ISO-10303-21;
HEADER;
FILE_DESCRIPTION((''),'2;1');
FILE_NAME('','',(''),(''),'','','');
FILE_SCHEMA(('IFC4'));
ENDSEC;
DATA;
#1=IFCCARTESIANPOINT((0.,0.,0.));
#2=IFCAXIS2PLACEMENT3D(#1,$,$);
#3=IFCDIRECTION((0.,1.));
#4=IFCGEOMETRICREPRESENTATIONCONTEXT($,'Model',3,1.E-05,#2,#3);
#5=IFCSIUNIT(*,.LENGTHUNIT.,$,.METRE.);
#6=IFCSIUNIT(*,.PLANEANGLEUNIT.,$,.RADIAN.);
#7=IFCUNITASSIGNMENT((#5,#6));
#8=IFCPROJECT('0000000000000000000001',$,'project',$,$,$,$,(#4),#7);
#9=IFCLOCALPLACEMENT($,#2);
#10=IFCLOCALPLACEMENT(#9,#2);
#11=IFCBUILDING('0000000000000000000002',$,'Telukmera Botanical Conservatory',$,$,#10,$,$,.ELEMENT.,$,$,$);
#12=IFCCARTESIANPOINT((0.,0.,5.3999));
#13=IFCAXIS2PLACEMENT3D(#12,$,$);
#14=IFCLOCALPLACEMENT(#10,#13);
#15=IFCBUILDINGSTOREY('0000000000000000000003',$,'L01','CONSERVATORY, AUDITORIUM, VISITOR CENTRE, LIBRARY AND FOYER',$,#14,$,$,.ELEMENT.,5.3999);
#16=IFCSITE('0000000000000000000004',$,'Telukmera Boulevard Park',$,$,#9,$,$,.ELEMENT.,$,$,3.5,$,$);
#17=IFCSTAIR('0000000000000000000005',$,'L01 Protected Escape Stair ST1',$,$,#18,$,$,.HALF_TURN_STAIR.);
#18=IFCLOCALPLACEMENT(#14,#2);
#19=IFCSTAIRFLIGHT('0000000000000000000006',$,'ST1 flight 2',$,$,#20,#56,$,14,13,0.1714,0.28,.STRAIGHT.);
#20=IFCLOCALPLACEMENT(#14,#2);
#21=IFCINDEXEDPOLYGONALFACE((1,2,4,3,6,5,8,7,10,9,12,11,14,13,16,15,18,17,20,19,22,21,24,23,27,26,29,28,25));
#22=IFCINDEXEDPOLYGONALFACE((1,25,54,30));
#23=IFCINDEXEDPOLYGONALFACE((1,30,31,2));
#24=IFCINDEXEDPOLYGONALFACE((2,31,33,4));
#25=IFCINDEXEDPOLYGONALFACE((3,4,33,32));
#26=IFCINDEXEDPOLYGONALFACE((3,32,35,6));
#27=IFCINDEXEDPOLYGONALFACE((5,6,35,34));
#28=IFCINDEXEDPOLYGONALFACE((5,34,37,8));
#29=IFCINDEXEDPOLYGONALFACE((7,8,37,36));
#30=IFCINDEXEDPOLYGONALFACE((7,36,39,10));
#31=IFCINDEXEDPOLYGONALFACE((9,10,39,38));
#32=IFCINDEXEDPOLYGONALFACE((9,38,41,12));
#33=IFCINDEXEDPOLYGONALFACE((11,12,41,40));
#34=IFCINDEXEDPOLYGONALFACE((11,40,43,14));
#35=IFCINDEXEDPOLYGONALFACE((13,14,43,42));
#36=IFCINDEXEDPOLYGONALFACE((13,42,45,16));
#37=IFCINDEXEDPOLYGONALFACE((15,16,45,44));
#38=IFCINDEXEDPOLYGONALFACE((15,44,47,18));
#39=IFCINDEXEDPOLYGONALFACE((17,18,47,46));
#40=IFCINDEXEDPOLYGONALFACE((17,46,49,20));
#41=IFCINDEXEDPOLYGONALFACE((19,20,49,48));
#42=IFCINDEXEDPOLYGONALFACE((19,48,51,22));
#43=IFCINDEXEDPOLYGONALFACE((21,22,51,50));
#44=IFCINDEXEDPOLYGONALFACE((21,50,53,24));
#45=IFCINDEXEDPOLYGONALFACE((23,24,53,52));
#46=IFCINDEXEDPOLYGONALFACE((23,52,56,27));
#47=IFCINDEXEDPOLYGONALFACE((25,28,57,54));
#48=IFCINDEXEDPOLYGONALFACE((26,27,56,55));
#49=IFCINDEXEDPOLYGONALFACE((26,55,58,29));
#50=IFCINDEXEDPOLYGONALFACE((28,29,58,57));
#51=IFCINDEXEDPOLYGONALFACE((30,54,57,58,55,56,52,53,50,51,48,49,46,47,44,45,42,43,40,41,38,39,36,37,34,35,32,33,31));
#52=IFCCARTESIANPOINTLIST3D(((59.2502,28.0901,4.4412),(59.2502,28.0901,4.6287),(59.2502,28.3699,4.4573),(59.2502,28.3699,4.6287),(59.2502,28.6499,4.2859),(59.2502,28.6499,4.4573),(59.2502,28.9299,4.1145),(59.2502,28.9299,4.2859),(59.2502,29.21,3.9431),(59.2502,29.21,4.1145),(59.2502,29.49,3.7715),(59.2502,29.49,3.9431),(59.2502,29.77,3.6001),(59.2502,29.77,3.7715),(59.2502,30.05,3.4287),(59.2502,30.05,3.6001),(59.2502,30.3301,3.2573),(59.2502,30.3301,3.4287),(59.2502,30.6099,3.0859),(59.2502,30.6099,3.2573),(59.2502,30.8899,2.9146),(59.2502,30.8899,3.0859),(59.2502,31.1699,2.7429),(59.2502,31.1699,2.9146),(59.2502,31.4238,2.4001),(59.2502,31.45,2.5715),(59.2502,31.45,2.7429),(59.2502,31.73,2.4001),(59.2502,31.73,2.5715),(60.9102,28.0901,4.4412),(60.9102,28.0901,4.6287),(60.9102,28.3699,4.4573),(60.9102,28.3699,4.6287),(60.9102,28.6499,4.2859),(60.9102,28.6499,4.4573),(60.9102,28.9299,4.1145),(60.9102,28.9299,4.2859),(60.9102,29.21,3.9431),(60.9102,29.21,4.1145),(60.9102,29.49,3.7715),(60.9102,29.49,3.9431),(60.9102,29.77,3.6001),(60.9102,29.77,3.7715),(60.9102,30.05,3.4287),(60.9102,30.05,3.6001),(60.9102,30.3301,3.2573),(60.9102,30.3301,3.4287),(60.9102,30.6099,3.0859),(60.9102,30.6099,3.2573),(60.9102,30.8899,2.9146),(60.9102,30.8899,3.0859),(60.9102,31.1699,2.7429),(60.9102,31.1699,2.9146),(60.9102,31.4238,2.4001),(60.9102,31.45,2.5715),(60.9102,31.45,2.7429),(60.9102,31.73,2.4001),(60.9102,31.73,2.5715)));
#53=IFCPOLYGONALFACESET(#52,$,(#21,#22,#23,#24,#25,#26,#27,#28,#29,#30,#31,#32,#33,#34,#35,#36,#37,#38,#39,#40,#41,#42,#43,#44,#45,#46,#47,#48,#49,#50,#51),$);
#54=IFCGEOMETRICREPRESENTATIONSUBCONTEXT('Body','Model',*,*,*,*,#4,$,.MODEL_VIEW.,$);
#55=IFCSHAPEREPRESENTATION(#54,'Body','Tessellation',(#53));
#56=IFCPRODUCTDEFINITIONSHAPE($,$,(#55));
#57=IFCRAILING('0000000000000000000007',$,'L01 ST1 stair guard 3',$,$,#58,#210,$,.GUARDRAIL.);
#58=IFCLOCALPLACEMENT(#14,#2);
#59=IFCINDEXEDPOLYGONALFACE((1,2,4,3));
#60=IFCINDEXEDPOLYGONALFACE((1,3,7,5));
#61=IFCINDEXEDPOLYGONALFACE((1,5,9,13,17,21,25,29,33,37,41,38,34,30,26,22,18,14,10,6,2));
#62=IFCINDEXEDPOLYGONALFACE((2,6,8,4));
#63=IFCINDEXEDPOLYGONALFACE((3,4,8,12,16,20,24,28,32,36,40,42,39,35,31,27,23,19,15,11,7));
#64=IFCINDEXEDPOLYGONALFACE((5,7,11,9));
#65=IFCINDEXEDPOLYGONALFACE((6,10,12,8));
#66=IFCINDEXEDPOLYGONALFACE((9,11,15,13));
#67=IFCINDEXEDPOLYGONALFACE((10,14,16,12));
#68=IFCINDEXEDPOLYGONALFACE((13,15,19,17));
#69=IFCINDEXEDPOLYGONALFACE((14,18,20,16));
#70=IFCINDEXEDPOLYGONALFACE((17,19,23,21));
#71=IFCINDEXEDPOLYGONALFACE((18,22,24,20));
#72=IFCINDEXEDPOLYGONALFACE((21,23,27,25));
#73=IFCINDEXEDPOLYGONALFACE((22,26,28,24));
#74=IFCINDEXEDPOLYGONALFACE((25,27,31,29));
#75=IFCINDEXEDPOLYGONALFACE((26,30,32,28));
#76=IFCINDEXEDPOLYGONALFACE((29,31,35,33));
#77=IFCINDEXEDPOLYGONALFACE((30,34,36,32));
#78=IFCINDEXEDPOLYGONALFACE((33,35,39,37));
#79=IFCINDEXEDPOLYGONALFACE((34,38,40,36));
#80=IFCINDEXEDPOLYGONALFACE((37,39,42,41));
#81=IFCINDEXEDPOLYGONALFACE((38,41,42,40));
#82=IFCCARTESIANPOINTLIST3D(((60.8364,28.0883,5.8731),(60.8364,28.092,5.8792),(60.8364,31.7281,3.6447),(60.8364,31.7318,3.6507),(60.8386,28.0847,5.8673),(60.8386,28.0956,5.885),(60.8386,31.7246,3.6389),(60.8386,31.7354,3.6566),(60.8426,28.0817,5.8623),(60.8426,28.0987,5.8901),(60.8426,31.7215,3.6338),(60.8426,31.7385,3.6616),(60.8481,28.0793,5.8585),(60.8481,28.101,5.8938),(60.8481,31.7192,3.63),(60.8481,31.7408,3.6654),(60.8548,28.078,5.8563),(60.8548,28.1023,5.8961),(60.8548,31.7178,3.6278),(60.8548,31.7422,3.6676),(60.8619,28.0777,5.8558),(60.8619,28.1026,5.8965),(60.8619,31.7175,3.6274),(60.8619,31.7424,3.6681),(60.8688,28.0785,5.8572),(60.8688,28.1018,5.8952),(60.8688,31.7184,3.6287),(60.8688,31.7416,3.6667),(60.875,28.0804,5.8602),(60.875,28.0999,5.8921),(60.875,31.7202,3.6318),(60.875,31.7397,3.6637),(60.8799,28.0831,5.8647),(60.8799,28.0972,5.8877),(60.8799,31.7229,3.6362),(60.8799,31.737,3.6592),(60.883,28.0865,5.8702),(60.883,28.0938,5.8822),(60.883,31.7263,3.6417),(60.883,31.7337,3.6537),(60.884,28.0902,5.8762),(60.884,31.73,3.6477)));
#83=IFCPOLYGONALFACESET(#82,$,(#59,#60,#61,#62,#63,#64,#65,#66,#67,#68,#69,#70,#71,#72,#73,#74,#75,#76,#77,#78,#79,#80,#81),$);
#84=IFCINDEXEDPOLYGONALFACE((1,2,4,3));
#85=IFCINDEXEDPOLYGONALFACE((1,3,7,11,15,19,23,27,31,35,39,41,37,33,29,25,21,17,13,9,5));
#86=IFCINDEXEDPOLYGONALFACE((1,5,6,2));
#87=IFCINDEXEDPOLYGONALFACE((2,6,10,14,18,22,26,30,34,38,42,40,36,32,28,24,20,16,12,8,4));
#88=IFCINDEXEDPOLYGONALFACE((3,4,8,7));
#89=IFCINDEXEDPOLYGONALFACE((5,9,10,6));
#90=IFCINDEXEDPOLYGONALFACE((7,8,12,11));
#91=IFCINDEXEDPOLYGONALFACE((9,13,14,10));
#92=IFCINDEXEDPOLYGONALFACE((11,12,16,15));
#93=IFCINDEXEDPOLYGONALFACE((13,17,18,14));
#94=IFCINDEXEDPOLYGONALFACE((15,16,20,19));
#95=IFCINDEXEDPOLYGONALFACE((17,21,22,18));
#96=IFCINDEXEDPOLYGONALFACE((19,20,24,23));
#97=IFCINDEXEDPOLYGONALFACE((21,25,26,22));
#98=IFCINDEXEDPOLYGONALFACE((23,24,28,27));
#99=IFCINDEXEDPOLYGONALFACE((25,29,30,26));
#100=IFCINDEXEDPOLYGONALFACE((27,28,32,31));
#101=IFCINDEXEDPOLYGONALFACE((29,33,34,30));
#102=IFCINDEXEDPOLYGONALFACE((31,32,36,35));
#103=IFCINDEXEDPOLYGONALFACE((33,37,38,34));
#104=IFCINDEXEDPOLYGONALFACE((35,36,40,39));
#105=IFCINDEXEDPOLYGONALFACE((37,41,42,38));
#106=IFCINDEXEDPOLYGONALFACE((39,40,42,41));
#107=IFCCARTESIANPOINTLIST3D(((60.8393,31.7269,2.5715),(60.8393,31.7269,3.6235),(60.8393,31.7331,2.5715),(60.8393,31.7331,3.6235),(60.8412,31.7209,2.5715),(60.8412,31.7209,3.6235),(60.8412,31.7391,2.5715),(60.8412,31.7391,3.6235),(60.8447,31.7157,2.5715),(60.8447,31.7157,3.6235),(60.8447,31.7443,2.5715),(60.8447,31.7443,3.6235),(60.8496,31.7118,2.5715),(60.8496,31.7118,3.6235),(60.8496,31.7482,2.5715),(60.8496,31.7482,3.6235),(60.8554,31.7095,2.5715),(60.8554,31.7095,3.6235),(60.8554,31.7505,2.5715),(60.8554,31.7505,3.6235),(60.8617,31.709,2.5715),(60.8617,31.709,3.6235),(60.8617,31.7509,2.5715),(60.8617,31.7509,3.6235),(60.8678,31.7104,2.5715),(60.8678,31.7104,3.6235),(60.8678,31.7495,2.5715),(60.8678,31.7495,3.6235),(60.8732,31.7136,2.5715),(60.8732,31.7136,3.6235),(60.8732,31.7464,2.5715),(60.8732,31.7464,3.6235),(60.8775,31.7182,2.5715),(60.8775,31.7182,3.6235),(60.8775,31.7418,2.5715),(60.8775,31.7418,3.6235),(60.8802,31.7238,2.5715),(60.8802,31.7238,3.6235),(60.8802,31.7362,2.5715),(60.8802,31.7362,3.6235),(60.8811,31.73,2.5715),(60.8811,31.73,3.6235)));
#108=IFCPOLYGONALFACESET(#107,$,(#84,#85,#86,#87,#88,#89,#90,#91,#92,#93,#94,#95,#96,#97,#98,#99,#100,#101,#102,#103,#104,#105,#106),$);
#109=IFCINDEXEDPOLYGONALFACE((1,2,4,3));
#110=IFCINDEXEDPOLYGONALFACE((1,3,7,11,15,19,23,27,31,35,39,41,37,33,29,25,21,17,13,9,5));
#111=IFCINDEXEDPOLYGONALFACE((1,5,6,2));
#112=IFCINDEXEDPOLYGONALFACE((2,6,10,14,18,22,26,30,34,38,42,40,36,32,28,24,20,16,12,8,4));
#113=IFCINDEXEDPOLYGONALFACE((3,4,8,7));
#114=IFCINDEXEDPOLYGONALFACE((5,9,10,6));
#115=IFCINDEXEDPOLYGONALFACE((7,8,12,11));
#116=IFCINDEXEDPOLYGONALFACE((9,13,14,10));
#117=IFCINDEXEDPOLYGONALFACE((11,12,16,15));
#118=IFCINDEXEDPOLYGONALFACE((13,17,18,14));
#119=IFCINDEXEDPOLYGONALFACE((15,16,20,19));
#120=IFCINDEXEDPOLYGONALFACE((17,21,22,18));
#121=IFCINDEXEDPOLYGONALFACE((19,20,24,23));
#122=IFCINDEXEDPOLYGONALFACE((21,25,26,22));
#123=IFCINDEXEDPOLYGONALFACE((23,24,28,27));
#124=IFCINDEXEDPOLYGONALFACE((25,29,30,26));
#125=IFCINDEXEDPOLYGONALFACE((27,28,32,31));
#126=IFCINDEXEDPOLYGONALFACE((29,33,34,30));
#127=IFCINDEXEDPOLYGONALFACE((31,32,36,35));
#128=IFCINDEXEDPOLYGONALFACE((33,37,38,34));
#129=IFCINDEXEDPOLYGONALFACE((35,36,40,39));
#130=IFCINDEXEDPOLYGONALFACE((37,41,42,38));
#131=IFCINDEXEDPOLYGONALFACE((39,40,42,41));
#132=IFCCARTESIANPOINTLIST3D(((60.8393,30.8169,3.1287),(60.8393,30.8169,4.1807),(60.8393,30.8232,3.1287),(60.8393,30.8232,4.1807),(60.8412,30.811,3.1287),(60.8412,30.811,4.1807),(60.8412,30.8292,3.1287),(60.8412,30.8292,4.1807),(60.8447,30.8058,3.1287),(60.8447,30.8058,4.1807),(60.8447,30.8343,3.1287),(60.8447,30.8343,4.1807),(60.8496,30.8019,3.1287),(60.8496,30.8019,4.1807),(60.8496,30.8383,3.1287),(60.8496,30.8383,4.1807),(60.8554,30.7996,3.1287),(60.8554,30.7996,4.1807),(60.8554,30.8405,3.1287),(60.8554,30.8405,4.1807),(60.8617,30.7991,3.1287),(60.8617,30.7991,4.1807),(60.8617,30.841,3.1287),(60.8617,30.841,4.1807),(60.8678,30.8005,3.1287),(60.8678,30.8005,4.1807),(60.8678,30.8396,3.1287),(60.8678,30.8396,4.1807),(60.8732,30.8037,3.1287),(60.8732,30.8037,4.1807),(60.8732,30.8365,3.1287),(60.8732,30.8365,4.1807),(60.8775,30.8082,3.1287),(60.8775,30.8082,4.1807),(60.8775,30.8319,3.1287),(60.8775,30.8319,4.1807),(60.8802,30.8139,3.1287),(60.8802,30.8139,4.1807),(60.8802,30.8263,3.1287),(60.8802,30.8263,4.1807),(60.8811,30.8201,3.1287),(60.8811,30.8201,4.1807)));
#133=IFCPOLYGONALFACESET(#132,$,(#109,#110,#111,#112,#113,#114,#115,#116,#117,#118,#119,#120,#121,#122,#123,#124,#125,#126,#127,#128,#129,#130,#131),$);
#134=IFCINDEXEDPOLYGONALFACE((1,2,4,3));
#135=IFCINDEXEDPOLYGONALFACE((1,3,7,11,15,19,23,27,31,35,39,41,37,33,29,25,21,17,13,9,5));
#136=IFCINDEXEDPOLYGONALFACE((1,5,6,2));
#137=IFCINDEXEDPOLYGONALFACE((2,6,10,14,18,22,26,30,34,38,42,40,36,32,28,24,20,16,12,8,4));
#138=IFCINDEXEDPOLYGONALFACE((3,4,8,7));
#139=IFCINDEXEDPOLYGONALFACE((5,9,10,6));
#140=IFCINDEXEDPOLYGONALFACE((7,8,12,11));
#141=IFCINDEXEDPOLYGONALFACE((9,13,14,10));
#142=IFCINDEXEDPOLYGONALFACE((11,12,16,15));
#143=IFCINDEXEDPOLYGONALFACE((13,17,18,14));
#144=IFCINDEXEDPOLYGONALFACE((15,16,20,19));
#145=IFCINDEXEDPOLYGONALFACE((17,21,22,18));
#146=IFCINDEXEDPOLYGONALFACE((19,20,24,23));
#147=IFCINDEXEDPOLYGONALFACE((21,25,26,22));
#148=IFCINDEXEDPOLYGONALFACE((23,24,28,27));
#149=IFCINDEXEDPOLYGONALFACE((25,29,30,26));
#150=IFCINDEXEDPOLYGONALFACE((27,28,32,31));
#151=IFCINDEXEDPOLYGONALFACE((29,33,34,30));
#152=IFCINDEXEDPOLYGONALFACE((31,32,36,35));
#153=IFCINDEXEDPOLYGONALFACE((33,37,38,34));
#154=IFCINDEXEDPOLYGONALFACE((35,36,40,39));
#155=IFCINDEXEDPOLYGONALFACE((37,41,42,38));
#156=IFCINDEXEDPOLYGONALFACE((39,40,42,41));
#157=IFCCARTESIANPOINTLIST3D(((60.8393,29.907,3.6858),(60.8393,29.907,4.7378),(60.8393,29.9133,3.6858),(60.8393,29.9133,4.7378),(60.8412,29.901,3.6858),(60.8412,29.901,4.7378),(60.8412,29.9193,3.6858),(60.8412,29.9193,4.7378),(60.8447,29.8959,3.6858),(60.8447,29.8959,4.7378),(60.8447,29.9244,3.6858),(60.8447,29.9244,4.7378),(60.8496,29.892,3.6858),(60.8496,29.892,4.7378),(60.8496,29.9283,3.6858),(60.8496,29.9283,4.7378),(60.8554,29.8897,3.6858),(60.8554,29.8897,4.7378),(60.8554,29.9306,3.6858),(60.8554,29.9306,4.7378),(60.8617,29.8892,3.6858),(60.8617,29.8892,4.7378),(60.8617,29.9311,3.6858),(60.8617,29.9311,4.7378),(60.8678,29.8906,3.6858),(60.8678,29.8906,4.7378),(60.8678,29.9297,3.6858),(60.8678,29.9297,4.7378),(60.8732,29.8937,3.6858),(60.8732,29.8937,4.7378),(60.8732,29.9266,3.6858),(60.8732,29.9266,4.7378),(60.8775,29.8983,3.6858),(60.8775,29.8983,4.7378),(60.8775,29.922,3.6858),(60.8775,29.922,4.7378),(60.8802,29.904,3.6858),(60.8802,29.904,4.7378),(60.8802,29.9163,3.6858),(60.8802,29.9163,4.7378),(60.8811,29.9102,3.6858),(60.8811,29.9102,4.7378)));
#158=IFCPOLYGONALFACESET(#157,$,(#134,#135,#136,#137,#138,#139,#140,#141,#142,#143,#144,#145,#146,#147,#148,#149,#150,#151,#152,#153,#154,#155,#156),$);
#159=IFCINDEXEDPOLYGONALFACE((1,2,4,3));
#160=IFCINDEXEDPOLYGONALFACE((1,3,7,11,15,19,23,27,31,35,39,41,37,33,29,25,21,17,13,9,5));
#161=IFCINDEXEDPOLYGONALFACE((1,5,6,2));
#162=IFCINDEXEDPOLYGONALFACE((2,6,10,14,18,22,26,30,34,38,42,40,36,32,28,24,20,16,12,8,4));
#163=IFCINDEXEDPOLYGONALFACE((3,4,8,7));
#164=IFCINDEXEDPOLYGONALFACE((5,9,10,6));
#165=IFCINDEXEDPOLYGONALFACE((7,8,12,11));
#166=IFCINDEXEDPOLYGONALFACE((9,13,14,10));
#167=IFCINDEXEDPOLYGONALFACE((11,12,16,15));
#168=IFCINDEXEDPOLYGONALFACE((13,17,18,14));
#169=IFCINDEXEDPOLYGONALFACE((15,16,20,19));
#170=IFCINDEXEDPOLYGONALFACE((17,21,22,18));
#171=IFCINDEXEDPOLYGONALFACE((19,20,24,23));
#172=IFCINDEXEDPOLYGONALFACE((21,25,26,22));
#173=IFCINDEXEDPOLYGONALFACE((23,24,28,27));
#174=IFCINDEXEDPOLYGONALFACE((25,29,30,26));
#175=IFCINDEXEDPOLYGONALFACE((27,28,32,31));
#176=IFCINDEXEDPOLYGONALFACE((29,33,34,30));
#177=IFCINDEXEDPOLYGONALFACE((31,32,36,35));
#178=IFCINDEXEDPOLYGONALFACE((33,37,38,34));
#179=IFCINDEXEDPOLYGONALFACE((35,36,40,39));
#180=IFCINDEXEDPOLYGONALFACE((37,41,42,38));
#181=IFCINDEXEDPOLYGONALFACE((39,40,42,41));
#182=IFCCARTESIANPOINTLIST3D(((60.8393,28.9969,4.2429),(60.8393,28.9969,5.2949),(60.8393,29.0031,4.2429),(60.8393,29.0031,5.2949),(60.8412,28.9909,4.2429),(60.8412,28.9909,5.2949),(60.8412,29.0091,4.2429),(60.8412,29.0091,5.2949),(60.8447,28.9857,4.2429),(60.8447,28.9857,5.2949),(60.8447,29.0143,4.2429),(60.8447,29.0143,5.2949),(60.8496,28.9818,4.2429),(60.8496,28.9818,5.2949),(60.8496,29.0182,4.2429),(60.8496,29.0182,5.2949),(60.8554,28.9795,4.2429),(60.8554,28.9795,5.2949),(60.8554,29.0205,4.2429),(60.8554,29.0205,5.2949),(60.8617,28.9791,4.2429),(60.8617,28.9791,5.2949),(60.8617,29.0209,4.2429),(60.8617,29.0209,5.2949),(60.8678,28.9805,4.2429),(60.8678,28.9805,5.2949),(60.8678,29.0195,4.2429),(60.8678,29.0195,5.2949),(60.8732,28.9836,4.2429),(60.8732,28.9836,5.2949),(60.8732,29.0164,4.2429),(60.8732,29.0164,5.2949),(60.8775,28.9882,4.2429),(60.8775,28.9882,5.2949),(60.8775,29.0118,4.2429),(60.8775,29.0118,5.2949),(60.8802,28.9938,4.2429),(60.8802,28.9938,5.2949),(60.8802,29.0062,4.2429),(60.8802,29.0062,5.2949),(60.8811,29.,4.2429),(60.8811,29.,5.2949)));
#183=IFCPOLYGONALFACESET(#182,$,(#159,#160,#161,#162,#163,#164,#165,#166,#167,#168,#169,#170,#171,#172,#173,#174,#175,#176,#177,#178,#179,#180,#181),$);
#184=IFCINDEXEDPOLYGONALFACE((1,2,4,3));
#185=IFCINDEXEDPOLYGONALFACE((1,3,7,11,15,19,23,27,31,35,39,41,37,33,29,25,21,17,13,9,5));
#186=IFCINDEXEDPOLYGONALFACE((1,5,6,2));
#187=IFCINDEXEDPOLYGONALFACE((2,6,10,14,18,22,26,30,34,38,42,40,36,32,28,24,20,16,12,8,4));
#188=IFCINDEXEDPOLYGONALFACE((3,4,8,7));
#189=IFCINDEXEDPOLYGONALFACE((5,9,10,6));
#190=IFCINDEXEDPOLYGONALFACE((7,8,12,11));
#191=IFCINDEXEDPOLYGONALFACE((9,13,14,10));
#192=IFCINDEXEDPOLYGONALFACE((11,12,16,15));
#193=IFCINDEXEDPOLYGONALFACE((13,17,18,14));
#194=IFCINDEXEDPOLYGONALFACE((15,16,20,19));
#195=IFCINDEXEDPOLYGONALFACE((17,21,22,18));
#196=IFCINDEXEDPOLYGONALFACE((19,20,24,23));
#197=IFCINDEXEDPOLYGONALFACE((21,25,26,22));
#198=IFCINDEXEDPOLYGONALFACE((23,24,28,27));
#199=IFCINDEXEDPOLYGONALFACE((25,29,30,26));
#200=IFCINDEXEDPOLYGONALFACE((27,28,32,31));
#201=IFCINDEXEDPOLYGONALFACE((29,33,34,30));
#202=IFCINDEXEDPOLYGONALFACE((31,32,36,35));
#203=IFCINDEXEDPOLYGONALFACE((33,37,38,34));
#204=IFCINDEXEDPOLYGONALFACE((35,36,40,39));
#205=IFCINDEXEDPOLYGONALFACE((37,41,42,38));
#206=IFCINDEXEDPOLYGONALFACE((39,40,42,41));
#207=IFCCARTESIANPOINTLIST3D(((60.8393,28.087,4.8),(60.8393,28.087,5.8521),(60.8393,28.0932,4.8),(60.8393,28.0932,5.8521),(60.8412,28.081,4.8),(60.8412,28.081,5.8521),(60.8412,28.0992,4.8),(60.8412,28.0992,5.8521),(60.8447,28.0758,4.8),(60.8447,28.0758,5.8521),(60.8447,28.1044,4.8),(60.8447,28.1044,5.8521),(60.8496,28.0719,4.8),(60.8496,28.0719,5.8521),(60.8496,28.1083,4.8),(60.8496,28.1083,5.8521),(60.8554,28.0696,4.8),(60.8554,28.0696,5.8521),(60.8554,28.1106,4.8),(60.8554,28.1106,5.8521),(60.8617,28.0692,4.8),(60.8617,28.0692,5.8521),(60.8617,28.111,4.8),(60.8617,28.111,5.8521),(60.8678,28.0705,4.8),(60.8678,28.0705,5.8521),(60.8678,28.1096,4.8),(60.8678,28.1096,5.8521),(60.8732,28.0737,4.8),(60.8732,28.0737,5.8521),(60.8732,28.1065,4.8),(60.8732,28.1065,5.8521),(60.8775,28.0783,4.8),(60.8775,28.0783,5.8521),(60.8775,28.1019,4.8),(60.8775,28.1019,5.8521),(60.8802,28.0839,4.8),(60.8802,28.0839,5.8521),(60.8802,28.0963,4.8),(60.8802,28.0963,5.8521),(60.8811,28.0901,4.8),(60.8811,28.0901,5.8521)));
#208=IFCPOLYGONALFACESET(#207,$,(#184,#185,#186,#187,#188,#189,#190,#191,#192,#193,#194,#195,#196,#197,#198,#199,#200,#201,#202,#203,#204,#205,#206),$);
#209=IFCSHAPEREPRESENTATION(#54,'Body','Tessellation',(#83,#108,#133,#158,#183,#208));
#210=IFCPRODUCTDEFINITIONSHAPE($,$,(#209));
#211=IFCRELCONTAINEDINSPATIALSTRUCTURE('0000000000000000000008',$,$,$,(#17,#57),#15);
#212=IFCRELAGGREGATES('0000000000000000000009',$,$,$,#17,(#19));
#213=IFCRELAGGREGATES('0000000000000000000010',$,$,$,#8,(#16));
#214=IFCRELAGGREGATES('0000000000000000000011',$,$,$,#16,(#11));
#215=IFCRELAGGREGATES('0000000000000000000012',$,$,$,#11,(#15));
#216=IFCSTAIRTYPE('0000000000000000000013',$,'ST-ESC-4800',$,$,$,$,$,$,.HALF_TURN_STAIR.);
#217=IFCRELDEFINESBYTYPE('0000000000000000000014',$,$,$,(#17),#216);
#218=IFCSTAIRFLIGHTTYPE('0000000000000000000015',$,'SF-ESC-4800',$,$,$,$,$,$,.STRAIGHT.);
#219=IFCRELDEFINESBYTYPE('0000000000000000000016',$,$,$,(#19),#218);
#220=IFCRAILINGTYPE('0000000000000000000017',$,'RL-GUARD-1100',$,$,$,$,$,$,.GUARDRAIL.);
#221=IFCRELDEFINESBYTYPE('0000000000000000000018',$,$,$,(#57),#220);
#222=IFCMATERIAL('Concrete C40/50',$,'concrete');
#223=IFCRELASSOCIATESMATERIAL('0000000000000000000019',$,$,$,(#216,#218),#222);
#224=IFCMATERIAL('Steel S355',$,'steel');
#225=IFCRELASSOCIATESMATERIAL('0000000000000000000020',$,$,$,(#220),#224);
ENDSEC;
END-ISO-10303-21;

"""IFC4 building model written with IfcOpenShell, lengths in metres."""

from ifc_helpers import new_model, si_unit, direction, frame, origin, origin_2d, place, context, subcontext, project, spatial, polyline, circle, outline, extrude, material, type_object, element, aggregate, save


model = new_model("IFC4")

# Units and contexts
model_context = context("Model", 3, precision=1e-05, world=origin(), true_north=direction((0.0, 1.0)))
body_context = subcontext(model_context, "Body", "Model", "MODEL_VIEW")
ifc_project = project(units=[si_unit("LENGTHUNIT", "METRE"), si_unit("PLANEANGLEUNIT", "RADIAN")], contexts=[model_context])

# Site, building, storey
site_placement = place(None, origin())
site = spatial("IfcSite", under=ifc_project, at=site_placement, Name="Telukmera Boulevard Park", CompositionType="ELEMENT", RefElevation=3.5)
building_placement = place(site_placement, origin())
building = spatial("IfcBuilding", under=site, at=building_placement, Name="Telukmera Botanical Conservatory", CompositionType="ELEMENT")
storey_placement = place(building_placement, frame((0.0, 0.0, 5.3999)))
storey = spatial("IfcBuildingStorey", under=building, at=storey_placement, Name="L01", Description="CONSERVATORY, AUDITORIUM, VISITOR CENTRE, LIBRARY AND FOYER", CompositionType="ELEMENT", Elevation=5.3999)

# Shared definitions
ifc_material_1 = material(Name="Concrete C40/50", Category="concrete")

# Stair, stair flight
stair_type = type_object("IfcStairType", Name="ST-ESC-4800", PredefinedType="HALF_TURN_STAIR", material=ifc_material_1)
stair_placement = place(storey_placement, origin())
stair = element("IfcStair", 1, at=stair_placement, inside=storey, type_object=stair_type, Name="L01 Protected Escape Stair ST1", PredefinedType="HALF_TURN_STAIR")
stair_flight_type = type_object("IfcStairFlightType", Name="SF-ESC-4800", PredefinedType="STRAIGHT", material=ifc_material_1)
stair_flight_placement = place(storey_placement, frame((60.0801, 31.73, 2.4001), z_axis=(0.0, 0.0, 1.0), x_axis=(0.0, -1.0, 0.0)))
stair_flight = element("IfcStairFlight", 2, at=stair_flight_placement, type_object=stair_flight_type, Name="ST1 flight 2", NumberOfRisers=14, NumberOfTreads=13, PredefinedType="STRAIGHT", RiserHeight=0.1714, TreadLength=0.28, context=body_context, shape_type="SweptSolid", body=[
    extrude(outline(polyline([(0.0, 0.0), (0.0, 0.1714), (0.28, 0.1714), (0.28, 0.3428), (0.5601, 0.3428), (0.5601, 0.5144), (0.8401, 0.5144), (0.8401, 0.6858), (1.1201, 0.6858), (1.1201, 0.8572), (1.3999, 0.8572), (1.3999, 1.0286), (1.6799, 1.0286), (1.6799, 1.2), (1.96, 1.2), (1.96, 1.3713), (2.24, 1.3713), (2.24, 1.543), (2.52, 1.543), (2.52, 1.7144), (2.8, 1.7144), (2.8, 1.8857), (3.0801, 1.8857), (3.0801, 2.0571), (3.3601, 2.0571), (3.3601, 2.2285), (3.6399, 2.2285), (3.6399, 2.3999), (3.6399, 2.041), (0.3062, 0.0), (0.0, 0.0)])), frame((0.0, 0.8301, 0.0), z_axis=(0.0, -1.0, 0.0), x_axis=(1.0, 0.0, 0.0)), (0.0, 0.0, 1.0), 1.6599),
])
aggregate(stair, [stair_flight])

# Railing
ifc_material_2 = material(Name="Steel S355", Category="steel")
railing_type_1 = type_object("IfcRailingType", Name="RL-GUARD-1100", PredefinedType="GUARDRAIL", material=ifc_material_2)
railing_1_placement = place(storey_placement, frame((60.8601, 31.73, 2.5715)))
element("IfcRailing", 3, at=railing_1_placement, inside=storey, type_object=railing_type_1, Name="L01 ST1 stair guard 3", PredefinedType="GUARDRAIL", context=body_context, shape_type="SweptSolid", body=[
    extrude(circle(Radius=0.0239, at=origin_2d()), frame((0.0, 0.0, 1.0762), z_axis=(0.0, -0.85285, 0.522156), x_axis=(1.0, 0.0, 0.0)), (0.0, 0.0, 1.0), 4.2678),
    extrude(circle(Radius=0.021, at=origin_2d()), origin(), (0.0, 0.0, 1.0), 1.052),
    extrude(circle(Radius=0.021, at=origin_2d()), frame((0.0, -0.9099, 0.5571)), (0.0, 0.0, 1.0), 1.052),
    extrude(circle(Radius=0.021, at=origin_2d()), frame((0.0, -1.8198, 1.1143)), (0.0, 0.0, 1.0), 1.052),
    extrude(circle(Radius=0.021, at=origin_2d()), frame((0.0, -2.73, 1.6714)), (0.0, 0.0, 1.0), 1.052),
    extrude(circle(Radius=0.021, at=origin_2d()), frame((0.0, -3.6399, 2.2285)), (0.0, 0.0, 1.0), 1.052),
])

save(model, "model.ifc")
